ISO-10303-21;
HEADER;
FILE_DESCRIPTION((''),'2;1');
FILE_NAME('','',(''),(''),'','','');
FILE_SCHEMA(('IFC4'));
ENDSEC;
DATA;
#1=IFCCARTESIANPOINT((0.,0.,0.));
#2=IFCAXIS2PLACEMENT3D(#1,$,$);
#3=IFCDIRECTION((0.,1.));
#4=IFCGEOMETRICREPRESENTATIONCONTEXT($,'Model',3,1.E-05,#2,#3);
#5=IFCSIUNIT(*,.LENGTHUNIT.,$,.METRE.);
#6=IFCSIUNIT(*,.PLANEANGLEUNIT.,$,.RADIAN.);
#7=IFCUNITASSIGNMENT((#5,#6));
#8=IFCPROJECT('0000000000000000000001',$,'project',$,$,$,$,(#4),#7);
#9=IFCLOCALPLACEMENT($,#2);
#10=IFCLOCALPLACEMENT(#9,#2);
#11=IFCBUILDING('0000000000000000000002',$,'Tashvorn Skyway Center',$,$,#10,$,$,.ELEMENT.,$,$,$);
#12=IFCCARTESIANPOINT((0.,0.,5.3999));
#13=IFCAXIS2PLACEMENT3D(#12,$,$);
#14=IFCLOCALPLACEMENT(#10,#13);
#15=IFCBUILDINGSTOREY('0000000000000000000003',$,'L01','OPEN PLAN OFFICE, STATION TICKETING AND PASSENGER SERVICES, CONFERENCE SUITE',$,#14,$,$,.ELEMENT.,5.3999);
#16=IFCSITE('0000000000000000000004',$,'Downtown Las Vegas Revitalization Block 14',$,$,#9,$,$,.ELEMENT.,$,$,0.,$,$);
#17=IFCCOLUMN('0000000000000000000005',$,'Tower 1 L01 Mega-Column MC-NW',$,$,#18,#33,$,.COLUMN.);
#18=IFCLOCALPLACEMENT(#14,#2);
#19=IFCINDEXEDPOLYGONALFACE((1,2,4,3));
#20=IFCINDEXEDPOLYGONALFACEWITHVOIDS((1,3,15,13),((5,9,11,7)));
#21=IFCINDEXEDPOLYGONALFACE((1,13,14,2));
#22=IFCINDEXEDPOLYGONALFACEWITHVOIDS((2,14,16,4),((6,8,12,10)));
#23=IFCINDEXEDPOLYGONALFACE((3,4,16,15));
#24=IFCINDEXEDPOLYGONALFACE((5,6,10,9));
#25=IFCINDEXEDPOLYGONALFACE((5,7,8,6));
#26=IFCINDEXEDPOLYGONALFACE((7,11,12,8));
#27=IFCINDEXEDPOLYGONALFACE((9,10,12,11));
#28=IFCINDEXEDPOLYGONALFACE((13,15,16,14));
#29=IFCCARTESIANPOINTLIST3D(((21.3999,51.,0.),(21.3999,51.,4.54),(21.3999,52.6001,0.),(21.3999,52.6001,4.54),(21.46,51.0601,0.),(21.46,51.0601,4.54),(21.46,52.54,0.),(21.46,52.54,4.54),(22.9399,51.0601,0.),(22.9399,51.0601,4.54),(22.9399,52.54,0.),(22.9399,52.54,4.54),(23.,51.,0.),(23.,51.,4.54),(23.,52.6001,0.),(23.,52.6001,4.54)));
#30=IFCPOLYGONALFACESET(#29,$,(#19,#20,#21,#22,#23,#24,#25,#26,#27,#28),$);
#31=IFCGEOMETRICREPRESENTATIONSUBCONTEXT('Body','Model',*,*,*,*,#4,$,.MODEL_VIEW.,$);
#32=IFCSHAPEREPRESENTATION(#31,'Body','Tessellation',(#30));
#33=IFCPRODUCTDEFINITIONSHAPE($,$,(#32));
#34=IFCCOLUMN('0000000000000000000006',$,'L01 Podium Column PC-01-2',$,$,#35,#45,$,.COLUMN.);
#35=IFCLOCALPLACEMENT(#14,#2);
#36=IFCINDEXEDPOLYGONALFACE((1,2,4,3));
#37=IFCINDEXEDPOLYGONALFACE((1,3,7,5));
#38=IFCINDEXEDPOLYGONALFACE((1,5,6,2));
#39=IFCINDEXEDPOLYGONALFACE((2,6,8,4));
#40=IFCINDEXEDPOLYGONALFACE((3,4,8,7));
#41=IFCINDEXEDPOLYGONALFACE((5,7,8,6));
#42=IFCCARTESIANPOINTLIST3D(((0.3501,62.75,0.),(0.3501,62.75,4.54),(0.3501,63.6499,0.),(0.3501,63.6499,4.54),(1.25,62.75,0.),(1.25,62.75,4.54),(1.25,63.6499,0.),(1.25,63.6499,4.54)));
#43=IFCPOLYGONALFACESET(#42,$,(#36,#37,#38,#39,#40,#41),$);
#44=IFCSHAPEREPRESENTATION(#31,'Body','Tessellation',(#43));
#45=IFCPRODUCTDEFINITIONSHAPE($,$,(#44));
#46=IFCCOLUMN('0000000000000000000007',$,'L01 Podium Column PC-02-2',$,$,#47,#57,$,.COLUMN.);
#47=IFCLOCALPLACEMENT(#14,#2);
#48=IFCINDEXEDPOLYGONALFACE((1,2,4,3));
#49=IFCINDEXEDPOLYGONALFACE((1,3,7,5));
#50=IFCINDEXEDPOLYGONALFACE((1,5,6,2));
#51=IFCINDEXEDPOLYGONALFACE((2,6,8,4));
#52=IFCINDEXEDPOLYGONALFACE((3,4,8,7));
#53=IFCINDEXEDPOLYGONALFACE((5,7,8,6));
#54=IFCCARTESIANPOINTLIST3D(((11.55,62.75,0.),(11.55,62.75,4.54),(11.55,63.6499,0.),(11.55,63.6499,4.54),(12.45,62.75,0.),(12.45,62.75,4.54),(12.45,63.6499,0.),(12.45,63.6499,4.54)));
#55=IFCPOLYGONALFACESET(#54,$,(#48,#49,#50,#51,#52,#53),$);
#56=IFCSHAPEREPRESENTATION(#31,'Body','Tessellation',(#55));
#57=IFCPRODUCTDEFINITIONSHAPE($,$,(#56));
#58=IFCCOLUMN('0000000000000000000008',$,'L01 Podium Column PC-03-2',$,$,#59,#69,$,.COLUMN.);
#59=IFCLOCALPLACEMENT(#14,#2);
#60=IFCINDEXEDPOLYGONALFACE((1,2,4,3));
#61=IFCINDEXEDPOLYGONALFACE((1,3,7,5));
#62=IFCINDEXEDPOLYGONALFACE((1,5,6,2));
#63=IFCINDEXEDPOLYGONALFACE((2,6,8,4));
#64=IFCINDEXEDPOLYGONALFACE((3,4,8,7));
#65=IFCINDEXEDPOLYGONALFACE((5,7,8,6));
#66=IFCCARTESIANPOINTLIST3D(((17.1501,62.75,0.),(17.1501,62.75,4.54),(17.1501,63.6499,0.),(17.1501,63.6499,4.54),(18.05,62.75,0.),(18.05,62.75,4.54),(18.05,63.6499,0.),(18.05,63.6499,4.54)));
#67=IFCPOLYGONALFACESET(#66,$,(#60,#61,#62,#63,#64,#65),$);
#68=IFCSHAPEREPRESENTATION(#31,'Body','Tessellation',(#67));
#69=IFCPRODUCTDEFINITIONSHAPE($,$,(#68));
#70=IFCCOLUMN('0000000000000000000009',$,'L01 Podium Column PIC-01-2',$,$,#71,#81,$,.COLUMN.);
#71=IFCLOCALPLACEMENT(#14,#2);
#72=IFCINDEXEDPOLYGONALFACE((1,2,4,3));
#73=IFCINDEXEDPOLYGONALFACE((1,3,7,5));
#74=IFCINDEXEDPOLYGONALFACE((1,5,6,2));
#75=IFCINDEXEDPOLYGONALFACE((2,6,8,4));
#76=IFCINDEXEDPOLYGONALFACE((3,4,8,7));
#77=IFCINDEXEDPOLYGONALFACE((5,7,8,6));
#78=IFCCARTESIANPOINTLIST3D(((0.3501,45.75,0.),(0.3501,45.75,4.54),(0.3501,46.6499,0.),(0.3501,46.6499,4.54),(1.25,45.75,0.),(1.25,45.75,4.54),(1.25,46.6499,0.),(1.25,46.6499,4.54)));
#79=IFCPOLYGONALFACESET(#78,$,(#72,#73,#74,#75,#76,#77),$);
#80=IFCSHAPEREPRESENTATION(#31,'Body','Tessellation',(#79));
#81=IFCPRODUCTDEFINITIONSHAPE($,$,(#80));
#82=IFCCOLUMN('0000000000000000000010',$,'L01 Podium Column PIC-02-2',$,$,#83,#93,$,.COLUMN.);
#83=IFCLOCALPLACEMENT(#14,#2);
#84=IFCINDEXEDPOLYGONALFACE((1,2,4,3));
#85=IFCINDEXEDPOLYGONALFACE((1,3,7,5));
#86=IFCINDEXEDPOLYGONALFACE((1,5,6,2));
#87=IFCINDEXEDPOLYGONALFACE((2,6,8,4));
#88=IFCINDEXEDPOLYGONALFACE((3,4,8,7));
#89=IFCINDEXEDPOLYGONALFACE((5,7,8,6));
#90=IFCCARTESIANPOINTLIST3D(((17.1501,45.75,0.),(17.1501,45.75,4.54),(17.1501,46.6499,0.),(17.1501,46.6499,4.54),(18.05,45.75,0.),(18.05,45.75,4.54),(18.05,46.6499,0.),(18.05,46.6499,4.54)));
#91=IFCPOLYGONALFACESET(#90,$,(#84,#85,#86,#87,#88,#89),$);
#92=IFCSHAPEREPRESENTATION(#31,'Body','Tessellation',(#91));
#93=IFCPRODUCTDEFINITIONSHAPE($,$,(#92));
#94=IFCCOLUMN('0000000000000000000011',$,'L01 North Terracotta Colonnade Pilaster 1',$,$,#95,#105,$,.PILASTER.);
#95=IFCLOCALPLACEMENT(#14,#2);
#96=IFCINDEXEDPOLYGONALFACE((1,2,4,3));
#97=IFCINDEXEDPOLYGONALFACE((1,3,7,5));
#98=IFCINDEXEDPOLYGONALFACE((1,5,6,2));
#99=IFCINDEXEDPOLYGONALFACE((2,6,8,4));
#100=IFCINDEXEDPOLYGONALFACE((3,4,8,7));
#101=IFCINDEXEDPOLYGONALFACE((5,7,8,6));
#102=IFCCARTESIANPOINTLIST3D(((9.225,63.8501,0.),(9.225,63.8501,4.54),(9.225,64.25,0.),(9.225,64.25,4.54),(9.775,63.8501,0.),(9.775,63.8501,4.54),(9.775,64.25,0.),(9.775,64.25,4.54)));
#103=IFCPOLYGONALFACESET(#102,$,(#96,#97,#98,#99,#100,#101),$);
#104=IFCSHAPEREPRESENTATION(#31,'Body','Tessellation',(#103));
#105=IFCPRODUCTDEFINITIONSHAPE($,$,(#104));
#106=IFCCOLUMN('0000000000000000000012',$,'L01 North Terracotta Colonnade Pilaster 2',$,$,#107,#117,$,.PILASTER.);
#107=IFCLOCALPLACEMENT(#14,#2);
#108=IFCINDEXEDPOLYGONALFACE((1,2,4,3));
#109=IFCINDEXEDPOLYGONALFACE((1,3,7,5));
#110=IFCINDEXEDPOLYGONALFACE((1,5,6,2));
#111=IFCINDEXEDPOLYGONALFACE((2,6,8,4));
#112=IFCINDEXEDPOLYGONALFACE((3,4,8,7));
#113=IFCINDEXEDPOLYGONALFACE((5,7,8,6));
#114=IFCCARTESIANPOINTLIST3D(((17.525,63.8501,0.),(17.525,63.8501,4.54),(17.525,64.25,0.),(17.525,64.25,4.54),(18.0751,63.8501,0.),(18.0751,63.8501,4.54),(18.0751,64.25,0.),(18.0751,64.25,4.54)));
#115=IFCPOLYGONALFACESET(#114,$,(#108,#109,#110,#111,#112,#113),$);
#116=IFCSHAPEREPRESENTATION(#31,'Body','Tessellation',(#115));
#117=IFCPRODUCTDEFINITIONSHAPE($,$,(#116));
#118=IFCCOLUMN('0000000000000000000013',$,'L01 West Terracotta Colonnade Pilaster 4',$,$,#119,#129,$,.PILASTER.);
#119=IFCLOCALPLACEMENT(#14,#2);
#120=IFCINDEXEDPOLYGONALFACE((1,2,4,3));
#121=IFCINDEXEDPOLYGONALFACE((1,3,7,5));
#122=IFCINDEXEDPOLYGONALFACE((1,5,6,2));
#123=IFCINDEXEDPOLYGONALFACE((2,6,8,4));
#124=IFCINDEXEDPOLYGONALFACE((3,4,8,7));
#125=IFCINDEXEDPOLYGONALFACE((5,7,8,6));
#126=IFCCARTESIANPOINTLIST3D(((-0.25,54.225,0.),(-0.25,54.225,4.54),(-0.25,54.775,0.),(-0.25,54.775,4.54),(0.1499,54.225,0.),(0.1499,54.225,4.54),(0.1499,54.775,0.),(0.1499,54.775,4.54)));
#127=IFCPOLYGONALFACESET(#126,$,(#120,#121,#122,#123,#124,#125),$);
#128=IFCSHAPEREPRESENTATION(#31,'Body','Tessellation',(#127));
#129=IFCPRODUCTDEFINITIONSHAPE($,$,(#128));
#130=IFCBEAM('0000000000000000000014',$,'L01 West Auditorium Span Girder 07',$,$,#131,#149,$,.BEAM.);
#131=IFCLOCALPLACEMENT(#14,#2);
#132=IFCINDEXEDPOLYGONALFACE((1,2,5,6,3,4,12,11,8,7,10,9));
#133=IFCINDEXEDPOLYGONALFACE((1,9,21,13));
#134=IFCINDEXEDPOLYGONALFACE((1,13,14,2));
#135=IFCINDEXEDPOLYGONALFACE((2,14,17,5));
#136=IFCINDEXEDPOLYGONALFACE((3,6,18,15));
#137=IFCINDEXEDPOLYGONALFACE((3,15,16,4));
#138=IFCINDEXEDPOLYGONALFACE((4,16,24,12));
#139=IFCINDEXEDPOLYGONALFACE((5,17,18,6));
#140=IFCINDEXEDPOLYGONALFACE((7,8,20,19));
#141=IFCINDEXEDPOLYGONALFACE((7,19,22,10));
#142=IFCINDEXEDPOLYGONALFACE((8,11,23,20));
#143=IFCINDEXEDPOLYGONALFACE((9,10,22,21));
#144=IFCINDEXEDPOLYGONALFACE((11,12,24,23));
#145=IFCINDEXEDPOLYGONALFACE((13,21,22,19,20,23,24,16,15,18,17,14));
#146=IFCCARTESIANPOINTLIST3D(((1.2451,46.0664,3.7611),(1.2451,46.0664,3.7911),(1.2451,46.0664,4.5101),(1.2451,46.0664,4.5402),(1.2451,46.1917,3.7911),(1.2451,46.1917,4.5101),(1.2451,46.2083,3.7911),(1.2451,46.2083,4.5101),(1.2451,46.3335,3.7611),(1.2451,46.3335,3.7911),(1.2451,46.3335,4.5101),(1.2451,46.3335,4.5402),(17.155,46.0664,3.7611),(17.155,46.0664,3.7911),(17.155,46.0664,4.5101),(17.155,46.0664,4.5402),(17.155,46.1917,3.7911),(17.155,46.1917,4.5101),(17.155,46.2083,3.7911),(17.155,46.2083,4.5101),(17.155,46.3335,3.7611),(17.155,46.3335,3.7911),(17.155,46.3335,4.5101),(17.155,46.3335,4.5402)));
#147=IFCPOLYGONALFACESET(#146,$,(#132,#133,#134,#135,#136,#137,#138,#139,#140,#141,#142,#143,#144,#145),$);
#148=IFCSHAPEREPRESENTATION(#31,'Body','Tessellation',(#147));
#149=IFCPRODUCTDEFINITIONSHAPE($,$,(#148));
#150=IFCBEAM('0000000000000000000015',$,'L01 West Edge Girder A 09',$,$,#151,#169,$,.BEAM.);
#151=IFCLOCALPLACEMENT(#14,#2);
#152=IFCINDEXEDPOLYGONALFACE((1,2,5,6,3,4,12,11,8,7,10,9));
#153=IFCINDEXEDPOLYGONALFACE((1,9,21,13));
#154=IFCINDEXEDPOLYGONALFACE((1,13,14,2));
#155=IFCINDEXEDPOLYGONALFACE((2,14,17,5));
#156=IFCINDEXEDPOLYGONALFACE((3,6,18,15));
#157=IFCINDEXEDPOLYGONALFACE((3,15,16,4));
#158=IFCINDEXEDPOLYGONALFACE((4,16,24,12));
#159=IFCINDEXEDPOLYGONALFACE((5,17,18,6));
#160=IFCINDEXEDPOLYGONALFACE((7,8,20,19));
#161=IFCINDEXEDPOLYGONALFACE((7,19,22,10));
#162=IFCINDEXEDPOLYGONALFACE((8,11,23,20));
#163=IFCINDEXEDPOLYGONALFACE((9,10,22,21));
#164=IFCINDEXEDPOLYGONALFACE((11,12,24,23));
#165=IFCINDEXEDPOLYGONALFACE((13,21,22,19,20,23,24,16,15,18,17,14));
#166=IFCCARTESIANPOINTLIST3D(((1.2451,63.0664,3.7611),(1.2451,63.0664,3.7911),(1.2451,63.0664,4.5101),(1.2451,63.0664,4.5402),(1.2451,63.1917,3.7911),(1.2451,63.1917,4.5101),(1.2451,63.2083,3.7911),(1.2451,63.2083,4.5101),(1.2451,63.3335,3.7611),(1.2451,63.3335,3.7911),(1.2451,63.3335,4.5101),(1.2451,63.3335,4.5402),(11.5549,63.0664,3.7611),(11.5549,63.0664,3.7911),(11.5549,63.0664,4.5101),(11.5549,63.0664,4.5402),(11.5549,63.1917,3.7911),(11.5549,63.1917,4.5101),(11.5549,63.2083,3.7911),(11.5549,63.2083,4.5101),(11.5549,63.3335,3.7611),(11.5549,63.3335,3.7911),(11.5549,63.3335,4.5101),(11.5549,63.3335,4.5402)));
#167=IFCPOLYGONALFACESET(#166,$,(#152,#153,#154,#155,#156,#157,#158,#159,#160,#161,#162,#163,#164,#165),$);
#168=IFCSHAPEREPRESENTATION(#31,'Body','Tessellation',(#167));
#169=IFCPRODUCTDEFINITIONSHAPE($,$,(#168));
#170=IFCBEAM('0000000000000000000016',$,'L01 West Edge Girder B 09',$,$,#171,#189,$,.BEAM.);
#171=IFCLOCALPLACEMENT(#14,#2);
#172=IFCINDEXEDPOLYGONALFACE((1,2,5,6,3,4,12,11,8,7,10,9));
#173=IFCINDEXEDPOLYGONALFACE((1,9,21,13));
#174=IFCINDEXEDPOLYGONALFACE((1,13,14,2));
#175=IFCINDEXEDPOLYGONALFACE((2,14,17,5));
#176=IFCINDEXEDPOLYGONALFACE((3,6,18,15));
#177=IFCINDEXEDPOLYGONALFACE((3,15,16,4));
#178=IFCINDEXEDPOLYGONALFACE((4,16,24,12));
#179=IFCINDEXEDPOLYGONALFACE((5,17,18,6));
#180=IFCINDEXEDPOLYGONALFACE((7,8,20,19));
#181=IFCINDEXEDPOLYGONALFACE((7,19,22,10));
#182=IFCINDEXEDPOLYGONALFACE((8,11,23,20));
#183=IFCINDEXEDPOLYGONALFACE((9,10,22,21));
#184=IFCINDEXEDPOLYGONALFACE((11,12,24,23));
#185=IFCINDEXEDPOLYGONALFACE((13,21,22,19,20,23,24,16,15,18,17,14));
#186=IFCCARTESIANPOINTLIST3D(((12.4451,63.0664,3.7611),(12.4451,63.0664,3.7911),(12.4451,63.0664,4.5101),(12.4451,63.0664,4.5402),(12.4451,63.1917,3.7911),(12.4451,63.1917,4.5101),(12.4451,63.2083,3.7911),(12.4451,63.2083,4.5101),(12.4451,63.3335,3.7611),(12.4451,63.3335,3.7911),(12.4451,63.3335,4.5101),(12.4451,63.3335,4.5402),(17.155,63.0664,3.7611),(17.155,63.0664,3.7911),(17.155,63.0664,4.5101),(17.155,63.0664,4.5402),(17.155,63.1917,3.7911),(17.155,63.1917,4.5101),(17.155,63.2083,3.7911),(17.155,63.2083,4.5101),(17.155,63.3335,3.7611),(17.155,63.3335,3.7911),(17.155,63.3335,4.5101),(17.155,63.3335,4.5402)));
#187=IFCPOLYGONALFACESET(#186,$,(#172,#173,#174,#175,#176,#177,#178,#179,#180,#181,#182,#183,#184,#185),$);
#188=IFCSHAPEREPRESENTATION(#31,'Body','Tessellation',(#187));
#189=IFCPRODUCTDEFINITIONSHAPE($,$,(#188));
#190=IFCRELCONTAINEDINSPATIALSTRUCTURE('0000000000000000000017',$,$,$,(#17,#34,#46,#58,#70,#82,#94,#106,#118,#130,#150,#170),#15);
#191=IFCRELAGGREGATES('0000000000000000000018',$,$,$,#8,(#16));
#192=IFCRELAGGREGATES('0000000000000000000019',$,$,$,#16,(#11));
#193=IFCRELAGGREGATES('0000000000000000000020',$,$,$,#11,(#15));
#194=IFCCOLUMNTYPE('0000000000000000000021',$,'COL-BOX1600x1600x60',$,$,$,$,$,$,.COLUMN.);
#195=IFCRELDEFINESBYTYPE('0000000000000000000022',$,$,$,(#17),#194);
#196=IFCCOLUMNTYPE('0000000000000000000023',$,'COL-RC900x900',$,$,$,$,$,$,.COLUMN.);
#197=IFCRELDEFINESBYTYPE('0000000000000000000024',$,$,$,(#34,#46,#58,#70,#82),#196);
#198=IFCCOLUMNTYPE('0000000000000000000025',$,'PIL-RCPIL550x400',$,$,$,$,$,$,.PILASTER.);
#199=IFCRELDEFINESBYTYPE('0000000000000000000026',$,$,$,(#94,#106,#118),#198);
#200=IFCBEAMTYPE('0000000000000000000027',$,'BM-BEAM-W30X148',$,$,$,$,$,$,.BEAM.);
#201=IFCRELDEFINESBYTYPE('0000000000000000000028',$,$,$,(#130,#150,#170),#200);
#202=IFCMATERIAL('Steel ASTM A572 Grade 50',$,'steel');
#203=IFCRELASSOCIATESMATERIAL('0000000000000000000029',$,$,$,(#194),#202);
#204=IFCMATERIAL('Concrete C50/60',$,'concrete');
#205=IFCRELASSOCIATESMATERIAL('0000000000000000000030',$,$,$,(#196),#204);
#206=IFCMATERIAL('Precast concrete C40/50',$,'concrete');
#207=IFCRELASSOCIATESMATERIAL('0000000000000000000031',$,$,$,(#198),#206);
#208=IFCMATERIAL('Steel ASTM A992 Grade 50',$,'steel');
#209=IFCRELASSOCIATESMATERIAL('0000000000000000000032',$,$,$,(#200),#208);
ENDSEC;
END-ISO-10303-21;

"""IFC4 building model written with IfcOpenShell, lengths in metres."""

from ifc_helpers import new_model, si_unit, direction, frame, origin, origin_2d, place, context, subcontext, project, spatial, rectangle, hollow_rectangle, i_section, extrude, material, material_profile, profile_set, type_object, element, save


model = new_model("IFC4")

# Units and contexts
model_context = context("Model", 3, precision=1e-05, world=origin(), true_north=direction((0.0, 1.0)))
body_context = subcontext(model_context, "Body", "Model", "MODEL_VIEW")
ifc_project = project(units=[si_unit("LENGTHUNIT", "METRE"), si_unit("PLANEANGLEUNIT", "RADIAN")], contexts=[model_context])

# Site, building, storey
site_placement = place(None, origin())
site = spatial("IfcSite", under=ifc_project, at=site_placement, Name="Downtown Las Vegas Revitalization Block 14", CompositionType="ELEMENT", RefElevation=0.0)
building_placement = place(site_placement, origin())
building = spatial("IfcBuilding", under=site, at=building_placement, Name="Tashvorn Skyway Center", CompositionType="ELEMENT")
storey_placement = place(building_placement, frame((0.0, 0.0, 5.3999)))
storey = spatial("IfcBuildingStorey", under=building, at=storey_placement, Name="L01", Description="OPEN PLAN OFFICE, STATION TICKETING AND PASSENGER SERVICES, CONFERENCE SUITE", CompositionType="ELEMENT", Elevation=5.3999)

# Columns
ifc_material_1 = material(Name="Steel ASTM A572 Grade 50", Category="steel")
ifc_material_profile_1 = material_profile(ifc_material_1, hollow_rectangle(XDim=1.6001, YDim=1.6001, WallThickness=0.0601, at=origin_2d()), Name="BOX1600x1600x60")
ifc_profile_set_1 = profile_set([ifc_material_profile_1], Name="Steel ASTM A572 Grade 50")
column_type_1 = type_object("IfcColumnType", Name="COL-BOX1600x1600x60", PredefinedType="COLUMN", material=ifc_profile_set_1)
column_placement = place(storey_placement, frame((22.2, 51.8, 0.0), z_axis=(0.0, 0.0, 1.0), x_axis=(1.0, 0.0, 0.0)))
element("IfcColumn", 1, at=column_placement, inside=storey, type_object=column_type_1, Name="Tower 1 L01 Mega-Column MC-NW", PredefinedType="COLUMN", context=body_context, shape_type="SweptSolid", body=[
    extrude(hollow_rectangle(XDim=1.6001, YDim=1.6001, WallThickness=0.0601, at=origin_2d()), origin(), (0.0, 0.0, 1.0), 4.54),
])
ifc_material_2 = material(Name="Concrete C50/60", Category="concrete")
ifc_material_profile_2 = material_profile(ifc_material_2, rectangle(XDim=0.8999, YDim=0.8999, at=origin_2d()), Name="RC900x900")
ifc_profile_set_2 = profile_set([ifc_material_profile_2], Name="Concrete C50/60")
column_type_2 = type_object("IfcColumnType", Name="COL-RC900x900", PredefinedType="COLUMN", material=ifc_profile_set_2)
for number, where, z_axis, x_axis, name in (
    (2, (0.8, 63.2, 0.0), (0.0, 0.0, 1.0), (1.0, 0.0, 0.0), "L01 Podium Column PC-01-2"),
    (3, (12.0, 63.2, 0.0), (0.0, 0.0, 1.0), (1.0, 0.0, 0.0), "L01 Podium Column PC-02-2"),
    (4, (17.6001, 63.2, 0.0), (0.0, 0.0, 1.0), (1.0, 0.0, 0.0), "L01 Podium Column PC-03-2"),
    (5, (0.8, 46.2, 0.0), (0.0, 0.0, 1.0), (1.0, 0.0, 0.0), "L01 Podium Column PIC-01-2"),
    (6, (17.6001, 46.2, 0.0), (0.0, 0.0, 1.0), (1.0, 0.0, 0.0), "L01 Podium Column PIC-02-2"),
):
    element("IfcColumn", number, at=place(storey_placement, frame(where, z_axis=z_axis, x_axis=x_axis)), inside=storey, type_object=column_type_2, Name=name, PredefinedType="COLUMN", context=body_context, shape_type="SweptSolid", body=[
        extrude(rectangle(XDim=0.8999, YDim=0.8999, at=origin_2d()), origin(), (0.0, 0.0, 1.0), 4.54),
    ])
ifc_material_3 = material(Name="Precast concrete C40/50", Category="concrete")
ifc_material_profile_3 = material_profile(ifc_material_3, rectangle(XDim=0.55, YDim=0.3999, at=origin_2d()), Name="RCPIL550x400")
ifc_profile_set_3 = profile_set([ifc_material_profile_3], Name="Precast concrete C40/50")
column_type_3 = type_object("IfcColumnType", Name="PIL-RCPIL550x400", PredefinedType="PILASTER", material=ifc_profile_set_3)
for number, where, z_axis, x_axis, name in (
    (7, (9.5, 64.05, 0.0), (0.0, 0.0, 1.0), (1.0, 0.0, 0.0), "L01 North Terracotta Colonnade Pilaster 1"),
    (8, (17.8, 64.05, 0.0), (0.0, 0.0, 1.0), (1.0, 0.0, 0.0), "L01 North Terracotta Colonnade Pilaster 2"),
    (9, (-0.05, 54.5, 0.0), (0.0, 0.0, 1.0), (0.0, 1.0, 0.0), "L01 West Terracotta Colonnade Pilaster 4"),
):
    element("IfcColumn", number, at=place(storey_placement, frame(where, z_axis=z_axis, x_axis=x_axis)), inside=storey, type_object=column_type_3, Name=name, PredefinedType="PILASTER", context=body_context, shape_type="SweptSolid", body=[
        extrude(rectangle(XDim=0.55, YDim=0.3999, at=origin_2d()), origin(), (0.0, 0.0, 1.0), 4.54),
    ])

# Beams
ifc_material_4 = material(Name="Steel ASTM A992 Grade 50", Category="steel")
ifc_material_profile_4 = material_profile(ifc_material_4, i_section(OverallWidth=0.2671, OverallDepth=0.7791, WebThickness=0.0166, FlangeThickness=0.03, at=origin_2d()), Name="W30X148")
ifc_profile_set_4 = profile_set([ifc_material_profile_4], Name="Steel ASTM A992 Grade 50")
beam_type_1 = type_object("IfcBeamType", Name="BM-BEAM-W30X148", PredefinedType="BEAM", material=ifc_profile_set_4)
beam_1_placement = place(storey_placement, frame((1.2451, 46.2, 4.1506), z_axis=(1.0, 0.0, 0.0), x_axis=(0.0, 1.0, 0.0)))
element("IfcBeam", 10, at=beam_1_placement, inside=storey, type_object=beam_type_1, Name="L01 West Auditorium Span Girder 07", PredefinedType="BEAM", context=body_context, shape_type="SweptSolid", body=[
    extrude(i_section(OverallWidth=0.2671, OverallDepth=0.7791, WebThickness=0.0166, FlangeThickness=0.03, at=origin_2d()), origin(), (0.0, 0.0, 1.0), 15.9099),
])
beam_2_placement = place(storey_placement, frame((1.2451, 63.2, 4.1506), z_axis=(1.0, 0.0, 0.0), x_axis=(0.0, 1.0, 0.0)))
element("IfcBeam", 11, at=beam_2_placement, inside=storey, type_object=beam_type_1, Name="L01 West Edge Girder A 09", PredefinedType="BEAM", context=body_context, shape_type="SweptSolid", body=[
    extrude(i_section(OverallWidth=0.2671, OverallDepth=0.7791, WebThickness=0.0166, FlangeThickness=0.03, at=origin_2d()), origin(), (0.0, 0.0, 1.0), 10.3098),
])
beam_3_placement = place(storey_placement, frame((12.4451, 63.2, 4.1506), z_axis=(1.0, 0.0, 0.0), x_axis=(0.0, 1.0, 0.0)))
element("IfcBeam", 12, at=beam_3_placement, inside=storey, type_object=beam_type_1, Name="L01 West Edge Girder B 09", PredefinedType="BEAM", context=body_context, shape_type="SweptSolid", body=[
    extrude(i_section(OverallWidth=0.2671, OverallDepth=0.7791, WebThickness=0.0166, FlangeThickness=0.03, at=origin_2d()), origin(), (0.0, 0.0, 1.0), 4.71),
])

save(model, "model.ifc")
